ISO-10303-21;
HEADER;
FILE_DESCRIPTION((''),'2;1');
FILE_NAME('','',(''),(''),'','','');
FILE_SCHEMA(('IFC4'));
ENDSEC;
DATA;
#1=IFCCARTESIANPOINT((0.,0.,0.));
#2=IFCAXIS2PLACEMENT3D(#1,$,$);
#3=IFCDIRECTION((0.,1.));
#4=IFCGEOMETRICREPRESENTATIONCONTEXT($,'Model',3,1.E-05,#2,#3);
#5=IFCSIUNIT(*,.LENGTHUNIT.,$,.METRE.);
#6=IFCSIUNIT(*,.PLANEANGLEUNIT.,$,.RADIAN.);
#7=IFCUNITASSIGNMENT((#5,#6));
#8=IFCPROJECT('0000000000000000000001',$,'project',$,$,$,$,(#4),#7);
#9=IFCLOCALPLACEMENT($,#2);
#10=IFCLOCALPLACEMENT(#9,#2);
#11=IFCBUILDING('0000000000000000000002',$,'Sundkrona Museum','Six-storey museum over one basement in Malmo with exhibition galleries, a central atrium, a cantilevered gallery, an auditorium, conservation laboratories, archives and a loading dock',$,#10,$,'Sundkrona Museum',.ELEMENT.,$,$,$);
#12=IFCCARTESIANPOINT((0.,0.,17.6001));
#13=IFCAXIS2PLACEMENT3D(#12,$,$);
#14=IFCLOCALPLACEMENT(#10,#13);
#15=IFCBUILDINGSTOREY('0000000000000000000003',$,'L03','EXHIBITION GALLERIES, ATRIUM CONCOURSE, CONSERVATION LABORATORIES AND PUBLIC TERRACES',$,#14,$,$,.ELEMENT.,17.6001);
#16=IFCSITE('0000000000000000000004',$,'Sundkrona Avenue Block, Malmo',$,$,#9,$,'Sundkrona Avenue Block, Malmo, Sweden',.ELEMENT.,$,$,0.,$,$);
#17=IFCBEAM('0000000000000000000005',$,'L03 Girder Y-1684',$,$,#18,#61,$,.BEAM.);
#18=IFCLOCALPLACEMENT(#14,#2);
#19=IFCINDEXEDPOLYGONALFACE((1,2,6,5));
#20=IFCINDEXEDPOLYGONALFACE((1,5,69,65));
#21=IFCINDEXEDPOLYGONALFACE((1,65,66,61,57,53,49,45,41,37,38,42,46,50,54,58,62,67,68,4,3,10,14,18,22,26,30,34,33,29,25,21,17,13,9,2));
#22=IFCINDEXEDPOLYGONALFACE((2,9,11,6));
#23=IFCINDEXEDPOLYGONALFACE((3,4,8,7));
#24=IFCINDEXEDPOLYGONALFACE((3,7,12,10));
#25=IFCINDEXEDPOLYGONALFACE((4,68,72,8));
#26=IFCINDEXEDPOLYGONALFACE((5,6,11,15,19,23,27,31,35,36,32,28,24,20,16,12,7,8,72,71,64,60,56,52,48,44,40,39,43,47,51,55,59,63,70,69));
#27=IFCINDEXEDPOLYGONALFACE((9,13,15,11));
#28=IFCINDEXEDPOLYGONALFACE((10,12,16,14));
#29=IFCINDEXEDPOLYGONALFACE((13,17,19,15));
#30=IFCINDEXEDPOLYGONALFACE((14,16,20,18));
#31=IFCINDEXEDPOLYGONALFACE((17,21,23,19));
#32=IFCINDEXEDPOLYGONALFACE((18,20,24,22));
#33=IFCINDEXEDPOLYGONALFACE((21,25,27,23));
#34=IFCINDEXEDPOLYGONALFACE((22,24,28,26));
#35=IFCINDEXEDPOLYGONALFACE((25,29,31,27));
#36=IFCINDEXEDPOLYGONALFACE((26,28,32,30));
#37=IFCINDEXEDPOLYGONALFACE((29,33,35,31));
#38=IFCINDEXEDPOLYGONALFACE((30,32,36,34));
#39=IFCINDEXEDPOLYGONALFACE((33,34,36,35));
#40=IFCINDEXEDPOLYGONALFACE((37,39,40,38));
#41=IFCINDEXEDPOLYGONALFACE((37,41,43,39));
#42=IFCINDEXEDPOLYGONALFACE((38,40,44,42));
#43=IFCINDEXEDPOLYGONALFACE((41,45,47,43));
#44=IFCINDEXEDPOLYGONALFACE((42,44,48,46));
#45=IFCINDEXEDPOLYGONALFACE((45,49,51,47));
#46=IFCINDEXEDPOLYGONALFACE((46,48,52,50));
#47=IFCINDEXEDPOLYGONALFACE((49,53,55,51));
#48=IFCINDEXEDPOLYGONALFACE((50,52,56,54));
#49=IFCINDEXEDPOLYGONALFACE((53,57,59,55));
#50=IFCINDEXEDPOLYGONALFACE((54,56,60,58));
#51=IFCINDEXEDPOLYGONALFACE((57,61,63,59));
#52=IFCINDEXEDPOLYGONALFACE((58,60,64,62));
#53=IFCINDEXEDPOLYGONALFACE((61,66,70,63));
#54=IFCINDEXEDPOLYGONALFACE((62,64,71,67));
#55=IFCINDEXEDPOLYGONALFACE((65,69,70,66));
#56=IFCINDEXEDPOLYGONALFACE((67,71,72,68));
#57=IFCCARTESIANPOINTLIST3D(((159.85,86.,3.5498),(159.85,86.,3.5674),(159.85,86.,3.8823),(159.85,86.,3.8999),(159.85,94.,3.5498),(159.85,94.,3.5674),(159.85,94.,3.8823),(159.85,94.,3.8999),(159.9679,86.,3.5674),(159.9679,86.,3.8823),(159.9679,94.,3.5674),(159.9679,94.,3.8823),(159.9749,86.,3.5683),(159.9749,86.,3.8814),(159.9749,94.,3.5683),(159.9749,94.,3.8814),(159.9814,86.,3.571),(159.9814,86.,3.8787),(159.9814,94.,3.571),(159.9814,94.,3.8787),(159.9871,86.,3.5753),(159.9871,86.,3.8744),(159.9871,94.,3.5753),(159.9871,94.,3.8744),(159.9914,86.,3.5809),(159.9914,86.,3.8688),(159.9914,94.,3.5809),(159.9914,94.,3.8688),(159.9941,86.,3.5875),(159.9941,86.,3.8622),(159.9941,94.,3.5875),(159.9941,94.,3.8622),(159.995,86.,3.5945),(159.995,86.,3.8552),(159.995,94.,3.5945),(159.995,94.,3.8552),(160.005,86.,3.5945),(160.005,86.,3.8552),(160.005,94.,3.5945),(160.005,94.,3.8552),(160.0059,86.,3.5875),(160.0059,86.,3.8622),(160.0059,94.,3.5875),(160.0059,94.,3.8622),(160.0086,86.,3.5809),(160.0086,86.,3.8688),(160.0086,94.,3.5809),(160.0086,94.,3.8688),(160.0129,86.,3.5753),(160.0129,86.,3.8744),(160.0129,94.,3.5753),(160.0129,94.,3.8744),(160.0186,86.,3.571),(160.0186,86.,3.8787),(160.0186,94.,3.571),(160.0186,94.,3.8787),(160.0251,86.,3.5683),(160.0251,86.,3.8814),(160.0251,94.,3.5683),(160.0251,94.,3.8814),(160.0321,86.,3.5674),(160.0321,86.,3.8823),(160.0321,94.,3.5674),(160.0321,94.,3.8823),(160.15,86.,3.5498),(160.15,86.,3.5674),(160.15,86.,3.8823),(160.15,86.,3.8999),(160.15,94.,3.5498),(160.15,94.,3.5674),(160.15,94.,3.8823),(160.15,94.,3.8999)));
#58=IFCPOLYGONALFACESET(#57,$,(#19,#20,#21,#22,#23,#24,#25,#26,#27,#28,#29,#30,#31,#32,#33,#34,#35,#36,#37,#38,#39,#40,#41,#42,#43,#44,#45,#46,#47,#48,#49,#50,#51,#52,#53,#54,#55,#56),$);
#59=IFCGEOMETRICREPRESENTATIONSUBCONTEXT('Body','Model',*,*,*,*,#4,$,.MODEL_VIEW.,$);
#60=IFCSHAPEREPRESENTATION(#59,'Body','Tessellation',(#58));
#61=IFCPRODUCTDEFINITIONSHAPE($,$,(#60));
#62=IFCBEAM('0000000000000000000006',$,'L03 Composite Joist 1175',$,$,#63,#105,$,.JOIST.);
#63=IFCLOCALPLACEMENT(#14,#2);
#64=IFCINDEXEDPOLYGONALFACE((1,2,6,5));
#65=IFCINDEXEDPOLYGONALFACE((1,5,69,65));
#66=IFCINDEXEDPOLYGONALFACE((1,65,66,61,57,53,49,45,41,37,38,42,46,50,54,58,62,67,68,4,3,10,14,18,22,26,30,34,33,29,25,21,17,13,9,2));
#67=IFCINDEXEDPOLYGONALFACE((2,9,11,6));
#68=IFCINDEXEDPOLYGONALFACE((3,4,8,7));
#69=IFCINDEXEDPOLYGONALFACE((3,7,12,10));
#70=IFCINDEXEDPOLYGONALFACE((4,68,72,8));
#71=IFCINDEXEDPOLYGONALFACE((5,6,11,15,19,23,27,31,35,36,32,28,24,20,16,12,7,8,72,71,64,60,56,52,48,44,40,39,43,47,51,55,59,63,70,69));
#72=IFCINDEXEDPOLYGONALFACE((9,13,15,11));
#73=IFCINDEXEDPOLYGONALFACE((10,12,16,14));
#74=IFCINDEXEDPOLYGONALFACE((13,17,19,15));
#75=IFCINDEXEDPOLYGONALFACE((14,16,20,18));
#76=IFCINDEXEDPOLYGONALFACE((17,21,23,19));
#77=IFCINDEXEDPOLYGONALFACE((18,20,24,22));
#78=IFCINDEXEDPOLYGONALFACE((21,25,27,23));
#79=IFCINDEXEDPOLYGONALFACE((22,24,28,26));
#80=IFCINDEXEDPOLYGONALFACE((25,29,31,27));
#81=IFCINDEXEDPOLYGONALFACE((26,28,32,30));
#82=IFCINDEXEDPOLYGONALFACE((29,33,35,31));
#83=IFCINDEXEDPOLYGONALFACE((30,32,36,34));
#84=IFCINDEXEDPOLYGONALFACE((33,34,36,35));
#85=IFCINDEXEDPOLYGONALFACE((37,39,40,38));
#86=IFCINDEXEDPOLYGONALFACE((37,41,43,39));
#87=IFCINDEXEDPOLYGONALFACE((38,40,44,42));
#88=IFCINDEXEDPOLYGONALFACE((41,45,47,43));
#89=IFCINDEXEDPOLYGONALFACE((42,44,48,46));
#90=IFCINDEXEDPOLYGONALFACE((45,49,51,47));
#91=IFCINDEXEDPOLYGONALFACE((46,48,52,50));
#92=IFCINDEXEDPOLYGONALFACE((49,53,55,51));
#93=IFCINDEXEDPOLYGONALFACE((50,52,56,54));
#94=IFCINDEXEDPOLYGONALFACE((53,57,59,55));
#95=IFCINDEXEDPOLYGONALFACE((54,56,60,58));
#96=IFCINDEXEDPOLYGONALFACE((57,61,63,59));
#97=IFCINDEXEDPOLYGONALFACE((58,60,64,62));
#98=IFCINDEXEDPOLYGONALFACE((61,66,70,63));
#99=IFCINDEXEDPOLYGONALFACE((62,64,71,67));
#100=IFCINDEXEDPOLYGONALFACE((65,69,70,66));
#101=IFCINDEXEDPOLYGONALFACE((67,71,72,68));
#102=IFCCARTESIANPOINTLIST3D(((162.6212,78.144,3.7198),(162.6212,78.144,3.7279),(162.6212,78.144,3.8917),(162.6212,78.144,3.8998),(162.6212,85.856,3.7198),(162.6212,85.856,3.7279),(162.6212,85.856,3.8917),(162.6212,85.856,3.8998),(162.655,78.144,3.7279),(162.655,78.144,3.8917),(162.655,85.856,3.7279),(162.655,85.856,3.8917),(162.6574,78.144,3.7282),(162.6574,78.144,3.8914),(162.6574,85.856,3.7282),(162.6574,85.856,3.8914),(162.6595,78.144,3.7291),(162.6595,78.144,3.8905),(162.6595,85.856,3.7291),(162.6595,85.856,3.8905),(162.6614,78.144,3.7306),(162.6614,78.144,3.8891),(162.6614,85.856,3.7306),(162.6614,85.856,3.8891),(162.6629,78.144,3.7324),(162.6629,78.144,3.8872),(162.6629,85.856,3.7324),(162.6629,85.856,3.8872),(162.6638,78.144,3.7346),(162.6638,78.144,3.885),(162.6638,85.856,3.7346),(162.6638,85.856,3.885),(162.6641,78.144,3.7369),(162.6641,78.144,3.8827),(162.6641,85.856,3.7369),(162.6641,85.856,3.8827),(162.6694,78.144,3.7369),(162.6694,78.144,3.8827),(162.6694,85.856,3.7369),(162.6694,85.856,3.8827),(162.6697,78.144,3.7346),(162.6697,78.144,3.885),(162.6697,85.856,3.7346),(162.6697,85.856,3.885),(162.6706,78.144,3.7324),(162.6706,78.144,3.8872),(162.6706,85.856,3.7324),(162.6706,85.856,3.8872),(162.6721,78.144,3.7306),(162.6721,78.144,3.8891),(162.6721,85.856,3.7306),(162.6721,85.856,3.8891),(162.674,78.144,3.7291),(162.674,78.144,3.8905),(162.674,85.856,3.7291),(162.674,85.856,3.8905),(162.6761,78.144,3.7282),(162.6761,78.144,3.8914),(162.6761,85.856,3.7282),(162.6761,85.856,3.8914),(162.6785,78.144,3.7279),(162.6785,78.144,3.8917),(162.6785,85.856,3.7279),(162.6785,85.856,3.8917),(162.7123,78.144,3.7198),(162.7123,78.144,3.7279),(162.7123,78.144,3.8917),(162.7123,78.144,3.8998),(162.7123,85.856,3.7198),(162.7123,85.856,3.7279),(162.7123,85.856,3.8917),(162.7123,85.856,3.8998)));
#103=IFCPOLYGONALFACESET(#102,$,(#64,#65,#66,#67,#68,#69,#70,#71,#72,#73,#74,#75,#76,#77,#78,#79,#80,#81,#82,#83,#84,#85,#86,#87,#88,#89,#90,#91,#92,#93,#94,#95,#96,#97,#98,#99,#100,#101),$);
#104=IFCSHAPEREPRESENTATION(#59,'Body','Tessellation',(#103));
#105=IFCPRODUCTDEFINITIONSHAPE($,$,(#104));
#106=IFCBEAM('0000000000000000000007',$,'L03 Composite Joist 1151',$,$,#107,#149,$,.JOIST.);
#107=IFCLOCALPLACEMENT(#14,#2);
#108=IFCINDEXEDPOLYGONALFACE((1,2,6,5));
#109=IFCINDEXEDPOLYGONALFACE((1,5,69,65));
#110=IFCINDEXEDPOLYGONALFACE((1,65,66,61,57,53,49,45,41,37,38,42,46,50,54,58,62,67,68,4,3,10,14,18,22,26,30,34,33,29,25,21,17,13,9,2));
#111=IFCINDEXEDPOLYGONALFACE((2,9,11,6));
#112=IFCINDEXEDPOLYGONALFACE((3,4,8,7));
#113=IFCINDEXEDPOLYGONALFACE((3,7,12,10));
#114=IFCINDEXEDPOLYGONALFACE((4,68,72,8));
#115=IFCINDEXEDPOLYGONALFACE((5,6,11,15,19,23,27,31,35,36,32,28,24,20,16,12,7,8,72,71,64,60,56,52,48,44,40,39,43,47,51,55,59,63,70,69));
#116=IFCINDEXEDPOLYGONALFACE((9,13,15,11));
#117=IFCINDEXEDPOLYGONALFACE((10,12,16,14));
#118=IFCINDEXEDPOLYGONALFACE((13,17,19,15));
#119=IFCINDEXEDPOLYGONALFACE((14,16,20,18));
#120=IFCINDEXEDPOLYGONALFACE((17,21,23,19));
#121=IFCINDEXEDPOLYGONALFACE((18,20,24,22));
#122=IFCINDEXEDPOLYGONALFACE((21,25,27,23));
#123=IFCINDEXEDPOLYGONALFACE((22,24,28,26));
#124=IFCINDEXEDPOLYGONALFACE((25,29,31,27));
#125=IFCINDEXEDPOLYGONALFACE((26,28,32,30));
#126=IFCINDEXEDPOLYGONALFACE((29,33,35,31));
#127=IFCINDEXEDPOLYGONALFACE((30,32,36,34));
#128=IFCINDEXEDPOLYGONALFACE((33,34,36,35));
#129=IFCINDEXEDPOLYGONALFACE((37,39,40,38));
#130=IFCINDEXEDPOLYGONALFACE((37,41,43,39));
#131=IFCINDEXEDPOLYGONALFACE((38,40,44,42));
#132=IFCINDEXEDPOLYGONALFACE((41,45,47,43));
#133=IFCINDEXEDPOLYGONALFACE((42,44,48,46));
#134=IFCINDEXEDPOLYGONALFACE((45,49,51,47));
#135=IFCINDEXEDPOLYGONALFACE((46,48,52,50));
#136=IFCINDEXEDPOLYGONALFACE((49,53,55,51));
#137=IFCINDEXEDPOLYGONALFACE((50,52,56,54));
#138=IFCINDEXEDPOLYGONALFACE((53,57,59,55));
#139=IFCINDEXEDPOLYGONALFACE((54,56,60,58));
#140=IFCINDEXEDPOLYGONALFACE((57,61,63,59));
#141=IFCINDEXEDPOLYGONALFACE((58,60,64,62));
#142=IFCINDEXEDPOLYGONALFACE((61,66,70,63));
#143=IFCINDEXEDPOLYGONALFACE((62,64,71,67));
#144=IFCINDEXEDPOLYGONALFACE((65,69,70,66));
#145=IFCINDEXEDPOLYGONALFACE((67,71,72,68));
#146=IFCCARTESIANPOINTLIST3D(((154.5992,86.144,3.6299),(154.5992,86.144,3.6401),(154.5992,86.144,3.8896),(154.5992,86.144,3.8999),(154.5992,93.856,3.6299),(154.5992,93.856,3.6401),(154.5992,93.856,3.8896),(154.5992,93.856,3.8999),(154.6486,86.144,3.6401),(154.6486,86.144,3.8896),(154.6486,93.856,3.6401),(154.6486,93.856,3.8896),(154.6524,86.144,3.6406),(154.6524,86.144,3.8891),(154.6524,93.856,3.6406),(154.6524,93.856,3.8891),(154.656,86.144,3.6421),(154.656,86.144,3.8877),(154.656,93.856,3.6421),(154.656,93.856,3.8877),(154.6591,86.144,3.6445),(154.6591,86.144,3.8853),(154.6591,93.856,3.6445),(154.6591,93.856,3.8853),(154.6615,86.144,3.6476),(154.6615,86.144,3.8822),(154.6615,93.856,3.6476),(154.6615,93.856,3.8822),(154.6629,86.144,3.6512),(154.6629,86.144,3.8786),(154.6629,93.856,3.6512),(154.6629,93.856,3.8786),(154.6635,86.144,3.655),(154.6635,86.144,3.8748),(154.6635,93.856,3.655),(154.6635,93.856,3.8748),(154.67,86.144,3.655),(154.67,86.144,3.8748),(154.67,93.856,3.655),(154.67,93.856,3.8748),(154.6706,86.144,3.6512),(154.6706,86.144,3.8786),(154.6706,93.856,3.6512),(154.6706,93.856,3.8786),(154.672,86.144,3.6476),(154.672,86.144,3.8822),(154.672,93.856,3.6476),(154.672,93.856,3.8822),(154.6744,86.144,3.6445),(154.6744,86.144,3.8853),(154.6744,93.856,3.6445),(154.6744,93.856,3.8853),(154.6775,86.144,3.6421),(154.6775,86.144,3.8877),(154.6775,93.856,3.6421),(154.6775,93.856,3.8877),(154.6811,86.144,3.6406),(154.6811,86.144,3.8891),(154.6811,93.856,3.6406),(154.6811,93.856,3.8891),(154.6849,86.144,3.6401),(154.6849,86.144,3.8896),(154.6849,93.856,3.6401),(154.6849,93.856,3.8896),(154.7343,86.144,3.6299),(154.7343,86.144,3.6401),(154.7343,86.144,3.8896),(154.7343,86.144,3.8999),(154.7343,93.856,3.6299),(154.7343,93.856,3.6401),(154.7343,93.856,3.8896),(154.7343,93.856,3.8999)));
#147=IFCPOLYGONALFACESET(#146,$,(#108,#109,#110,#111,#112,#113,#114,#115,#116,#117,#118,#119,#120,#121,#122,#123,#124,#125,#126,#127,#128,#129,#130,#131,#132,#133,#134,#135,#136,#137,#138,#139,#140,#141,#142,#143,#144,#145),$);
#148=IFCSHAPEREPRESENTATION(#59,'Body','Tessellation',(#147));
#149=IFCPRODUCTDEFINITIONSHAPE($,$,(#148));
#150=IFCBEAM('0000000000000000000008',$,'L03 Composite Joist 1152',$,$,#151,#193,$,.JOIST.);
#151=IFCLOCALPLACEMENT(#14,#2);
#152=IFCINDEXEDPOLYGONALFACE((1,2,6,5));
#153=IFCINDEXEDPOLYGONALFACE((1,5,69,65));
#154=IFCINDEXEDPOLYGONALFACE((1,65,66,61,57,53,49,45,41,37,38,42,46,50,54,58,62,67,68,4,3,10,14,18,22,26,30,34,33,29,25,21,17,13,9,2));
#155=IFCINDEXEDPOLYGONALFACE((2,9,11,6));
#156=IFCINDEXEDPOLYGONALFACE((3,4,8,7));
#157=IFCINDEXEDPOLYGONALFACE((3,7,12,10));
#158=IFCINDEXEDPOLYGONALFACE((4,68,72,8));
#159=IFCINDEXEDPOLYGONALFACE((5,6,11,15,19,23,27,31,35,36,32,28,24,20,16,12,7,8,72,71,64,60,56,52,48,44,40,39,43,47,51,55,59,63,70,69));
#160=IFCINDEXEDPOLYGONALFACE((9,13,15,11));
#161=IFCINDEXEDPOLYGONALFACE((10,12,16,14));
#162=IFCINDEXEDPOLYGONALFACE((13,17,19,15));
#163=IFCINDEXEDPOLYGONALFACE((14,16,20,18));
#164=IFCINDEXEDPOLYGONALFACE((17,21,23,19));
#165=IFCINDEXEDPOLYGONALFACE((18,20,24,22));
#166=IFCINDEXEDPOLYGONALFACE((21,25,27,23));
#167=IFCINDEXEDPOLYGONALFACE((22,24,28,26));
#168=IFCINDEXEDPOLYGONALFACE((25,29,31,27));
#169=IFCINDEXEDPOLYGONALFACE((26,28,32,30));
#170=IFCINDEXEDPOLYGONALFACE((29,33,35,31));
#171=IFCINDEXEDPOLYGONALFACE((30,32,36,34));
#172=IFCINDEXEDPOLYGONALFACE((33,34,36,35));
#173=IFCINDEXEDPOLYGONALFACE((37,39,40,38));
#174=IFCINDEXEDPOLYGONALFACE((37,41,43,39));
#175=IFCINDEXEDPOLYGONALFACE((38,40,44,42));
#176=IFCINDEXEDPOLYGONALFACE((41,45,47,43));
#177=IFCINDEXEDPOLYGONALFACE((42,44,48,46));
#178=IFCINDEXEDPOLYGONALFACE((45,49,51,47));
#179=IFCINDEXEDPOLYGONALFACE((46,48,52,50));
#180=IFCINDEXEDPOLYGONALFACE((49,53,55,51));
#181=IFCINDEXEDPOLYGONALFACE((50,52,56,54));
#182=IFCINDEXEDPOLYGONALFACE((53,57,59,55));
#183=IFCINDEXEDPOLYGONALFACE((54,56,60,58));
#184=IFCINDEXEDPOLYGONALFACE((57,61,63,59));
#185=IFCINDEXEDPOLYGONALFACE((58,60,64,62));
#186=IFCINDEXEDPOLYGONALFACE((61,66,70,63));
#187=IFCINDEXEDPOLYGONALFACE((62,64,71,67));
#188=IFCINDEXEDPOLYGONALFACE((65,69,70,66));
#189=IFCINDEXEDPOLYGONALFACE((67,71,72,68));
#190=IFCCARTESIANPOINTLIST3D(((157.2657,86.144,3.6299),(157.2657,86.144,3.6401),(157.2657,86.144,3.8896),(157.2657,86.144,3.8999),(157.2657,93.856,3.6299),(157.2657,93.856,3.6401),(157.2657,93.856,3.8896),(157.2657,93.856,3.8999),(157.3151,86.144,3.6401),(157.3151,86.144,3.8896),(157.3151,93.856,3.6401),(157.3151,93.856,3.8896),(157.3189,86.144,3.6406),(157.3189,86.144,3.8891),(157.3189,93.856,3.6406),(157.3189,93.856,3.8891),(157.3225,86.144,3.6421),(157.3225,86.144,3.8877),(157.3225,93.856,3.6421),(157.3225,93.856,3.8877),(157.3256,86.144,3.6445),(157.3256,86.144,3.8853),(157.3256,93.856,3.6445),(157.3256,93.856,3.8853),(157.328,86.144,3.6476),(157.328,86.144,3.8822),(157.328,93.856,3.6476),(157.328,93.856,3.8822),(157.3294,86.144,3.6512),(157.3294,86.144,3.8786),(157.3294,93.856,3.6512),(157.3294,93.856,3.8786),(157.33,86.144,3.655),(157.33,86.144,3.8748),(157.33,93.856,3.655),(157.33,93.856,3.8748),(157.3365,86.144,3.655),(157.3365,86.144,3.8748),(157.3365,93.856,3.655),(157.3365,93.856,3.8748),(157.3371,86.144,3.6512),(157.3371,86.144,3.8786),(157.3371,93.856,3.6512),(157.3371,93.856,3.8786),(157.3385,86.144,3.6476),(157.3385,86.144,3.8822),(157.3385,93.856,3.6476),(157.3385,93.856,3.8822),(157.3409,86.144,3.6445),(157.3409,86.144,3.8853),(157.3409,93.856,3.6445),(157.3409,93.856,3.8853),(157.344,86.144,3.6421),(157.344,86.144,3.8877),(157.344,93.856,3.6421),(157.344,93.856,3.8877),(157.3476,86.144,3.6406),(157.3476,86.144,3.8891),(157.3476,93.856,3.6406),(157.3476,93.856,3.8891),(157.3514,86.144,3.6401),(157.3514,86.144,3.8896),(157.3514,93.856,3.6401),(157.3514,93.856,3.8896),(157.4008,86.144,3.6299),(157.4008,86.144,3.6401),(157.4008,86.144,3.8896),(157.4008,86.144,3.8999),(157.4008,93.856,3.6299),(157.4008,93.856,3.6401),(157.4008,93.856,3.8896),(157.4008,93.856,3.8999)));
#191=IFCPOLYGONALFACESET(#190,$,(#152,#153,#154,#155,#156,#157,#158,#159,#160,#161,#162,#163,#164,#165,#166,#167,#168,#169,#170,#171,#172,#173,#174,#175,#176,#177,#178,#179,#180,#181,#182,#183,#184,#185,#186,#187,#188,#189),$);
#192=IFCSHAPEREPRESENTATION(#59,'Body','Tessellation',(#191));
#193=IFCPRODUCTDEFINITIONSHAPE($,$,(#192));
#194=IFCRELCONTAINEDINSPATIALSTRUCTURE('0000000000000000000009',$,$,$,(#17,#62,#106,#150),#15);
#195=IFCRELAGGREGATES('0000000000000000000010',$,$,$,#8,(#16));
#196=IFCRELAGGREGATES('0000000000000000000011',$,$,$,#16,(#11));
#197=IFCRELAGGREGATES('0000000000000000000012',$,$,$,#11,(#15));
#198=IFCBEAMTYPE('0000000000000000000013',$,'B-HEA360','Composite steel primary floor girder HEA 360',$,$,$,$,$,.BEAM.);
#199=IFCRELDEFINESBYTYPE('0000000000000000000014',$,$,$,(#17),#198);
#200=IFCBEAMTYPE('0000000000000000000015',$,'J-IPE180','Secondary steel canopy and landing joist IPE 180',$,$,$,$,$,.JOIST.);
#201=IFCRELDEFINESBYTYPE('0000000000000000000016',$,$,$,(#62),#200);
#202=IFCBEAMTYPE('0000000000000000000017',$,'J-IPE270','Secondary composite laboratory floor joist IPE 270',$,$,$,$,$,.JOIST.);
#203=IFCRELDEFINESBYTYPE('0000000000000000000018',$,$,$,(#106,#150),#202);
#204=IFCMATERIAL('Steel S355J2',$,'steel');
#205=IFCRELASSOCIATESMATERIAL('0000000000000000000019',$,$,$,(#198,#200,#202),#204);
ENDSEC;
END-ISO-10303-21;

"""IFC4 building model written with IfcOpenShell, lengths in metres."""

from ifc_helpers import new_model, si_unit, direction, frame, origin, origin_2d, place, context, subcontext, project, spatial, i_section, extrude, material, material_profile, profile_set, type_object, element, save


model = new_model("IFC4")

# Units and contexts
model_context = context("Model", 3, precision=1e-05, world=origin(), true_north=direction((0.0, 1.0)))
body_context = subcontext(model_context, "Body", "Model", "MODEL_VIEW")
ifc_project = project(units=[si_unit("LENGTHUNIT", "METRE"), si_unit("PLANEANGLEUNIT", "RADIAN")], contexts=[model_context])

# Site, building, storey
site_placement = place(None, origin())
site = spatial("IfcSite", under=ifc_project, at=site_placement, Name="Sundkrona Avenue Block, Malmo", LongName="Sundkrona Avenue Block, Malmo, Sweden", CompositionType="ELEMENT", RefElevation=0.0)
building_placement = place(site_placement, origin())
building = spatial("IfcBuilding", under=site, at=building_placement, Name="Sundkrona Museum", Description="Six-storey museum over one basement in Malmo with exhibition galleries, a central atrium, a cantilevered gallery, an auditorium, conservation laboratories, archives and a loading dock", LongName="Sundkrona Museum", CompositionType="ELEMENT")
storey_placement = place(building_placement, frame((0.0, 0.0, 17.6001)))
storey = spatial("IfcBuildingStorey", under=building, at=storey_placement, Name="L03", Description="EXHIBITION GALLERIES, ATRIUM CONCOURSE, CONSERVATION LABORATORIES AND PUBLIC TERRACES", CompositionType="ELEMENT", Elevation=17.6001)

# Shared definitions
ifc_material_1 = material(Name="Steel S355J2", Category="steel")

# Beams
ifc_material_profile_1 = material_profile(ifc_material_1, i_section(OverallWidth=0.3, OverallDepth=0.3501, WebThickness=0.01, FlangeThickness=0.0176, FilletRadius=0.0271, at=origin_2d()), Name="HEA 360")
ifc_profile_set_1 = profile_set([ifc_material_profile_1], Name="Steel S355J2")
beam_type_1 = type_object("IfcBeamType", Name="B-HEA360", Description="Composite steel primary floor girder HEA 360", PredefinedType="BEAM", material=ifc_profile_set_1)
for number, where, z_axis, x_axis, name in (
    (1, (160.0, 86.0, 3.7249), (0.0, 1.0, 0.0), (-1.0, 0.0, 0.0), "L03 Girder Y-1684"),
):
    element("IfcBeam", number, at=place(storey_placement, frame(where, z_axis=z_axis, x_axis=x_axis)), inside=storey, type_object=beam_type_1, Name=name, PredefinedType="BEAM", context=body_context, shape_type="SweptSolid", body=[
        extrude(i_section(OverallWidth=0.3, OverallDepth=0.3501, WebThickness=0.01, FlangeThickness=0.0176, FilletRadius=0.0271, at=origin_2d()), origin(), (0.0, 0.0, 1.0), 8.0),
    ])
ifc_material_profile_2 = material_profile(ifc_material_1, i_section(OverallWidth=0.0911, OverallDepth=0.1799, WebThickness=0.0054, FlangeThickness=0.0081, FilletRadius=0.009, at=origin_2d()), Name="IPE 180")
ifc_profile_set_2 = profile_set([ifc_material_profile_2], Name="Steel S355J2")
beam_type_2 = type_object("IfcBeamType", Name="J-IPE180", Description="Secondary steel canopy and landing joist IPE 180", PredefinedType="JOIST", material=ifc_profile_set_2)
beam_1_placement = place(storey_placement, frame((162.6667, 78.144, 3.8098), z_axis=(0.0, 1.0, 0.0), x_axis=(-1.0, 0.0, 0.0)))
element("IfcBeam", 2, at=beam_1_placement, inside=storey, type_object=beam_type_2, Name="L03 Composite Joist 1175", PredefinedType="JOIST", context=body_context, shape_type="SweptSolid", body=[
    extrude(i_section(OverallWidth=0.0911, OverallDepth=0.1799, WebThickness=0.0054, FlangeThickness=0.0081, FilletRadius=0.009, at=origin_2d()), origin(), (0.0, 0.0, 1.0), 7.7119),
])
ifc_material_profile_3 = material_profile(ifc_material_1, i_section(OverallWidth=0.135, OverallDepth=0.27, WebThickness=0.0066, FlangeThickness=0.0103, FilletRadius=0.0149, at=origin_2d()), Name="IPE 270")
ifc_profile_set_3 = profile_set([ifc_material_profile_3], Name="Steel S355J2")
beam_type_3 = type_object("IfcBeamType", Name="J-IPE270", Description="Secondary composite laboratory floor joist IPE 270", PredefinedType="JOIST", material=ifc_profile_set_3)
for number, where, z_axis, x_axis, name in (
    (3, (154.6667, 86.144, 3.7649), (0.0, 1.0, 0.0), (-1.0, 0.0, 0.0), "L03 Composite Joist 1151"),
    (4, (157.3333, 86.144, 3.7649), (0.0, 1.0, 0.0), (-1.0, 0.0, 0.0), "L03 Composite Joist 1152"),
):
    element("IfcBeam", number, at=place(storey_placement, frame(where, z_axis=z_axis, x_axis=x_axis)), inside=storey, type_object=beam_type_3, Name=name, PredefinedType="JOIST", context=body_context, shape_type="SweptSolid", body=[
        extrude(i_section(OverallWidth=0.135, OverallDepth=0.27, WebThickness=0.0066, FlangeThickness=0.0103, FilletRadius=0.0149, at=origin_2d()), origin(), (0.0, 0.0, 1.0), 7.7119),
    ])

save(model, "model.ifc")
